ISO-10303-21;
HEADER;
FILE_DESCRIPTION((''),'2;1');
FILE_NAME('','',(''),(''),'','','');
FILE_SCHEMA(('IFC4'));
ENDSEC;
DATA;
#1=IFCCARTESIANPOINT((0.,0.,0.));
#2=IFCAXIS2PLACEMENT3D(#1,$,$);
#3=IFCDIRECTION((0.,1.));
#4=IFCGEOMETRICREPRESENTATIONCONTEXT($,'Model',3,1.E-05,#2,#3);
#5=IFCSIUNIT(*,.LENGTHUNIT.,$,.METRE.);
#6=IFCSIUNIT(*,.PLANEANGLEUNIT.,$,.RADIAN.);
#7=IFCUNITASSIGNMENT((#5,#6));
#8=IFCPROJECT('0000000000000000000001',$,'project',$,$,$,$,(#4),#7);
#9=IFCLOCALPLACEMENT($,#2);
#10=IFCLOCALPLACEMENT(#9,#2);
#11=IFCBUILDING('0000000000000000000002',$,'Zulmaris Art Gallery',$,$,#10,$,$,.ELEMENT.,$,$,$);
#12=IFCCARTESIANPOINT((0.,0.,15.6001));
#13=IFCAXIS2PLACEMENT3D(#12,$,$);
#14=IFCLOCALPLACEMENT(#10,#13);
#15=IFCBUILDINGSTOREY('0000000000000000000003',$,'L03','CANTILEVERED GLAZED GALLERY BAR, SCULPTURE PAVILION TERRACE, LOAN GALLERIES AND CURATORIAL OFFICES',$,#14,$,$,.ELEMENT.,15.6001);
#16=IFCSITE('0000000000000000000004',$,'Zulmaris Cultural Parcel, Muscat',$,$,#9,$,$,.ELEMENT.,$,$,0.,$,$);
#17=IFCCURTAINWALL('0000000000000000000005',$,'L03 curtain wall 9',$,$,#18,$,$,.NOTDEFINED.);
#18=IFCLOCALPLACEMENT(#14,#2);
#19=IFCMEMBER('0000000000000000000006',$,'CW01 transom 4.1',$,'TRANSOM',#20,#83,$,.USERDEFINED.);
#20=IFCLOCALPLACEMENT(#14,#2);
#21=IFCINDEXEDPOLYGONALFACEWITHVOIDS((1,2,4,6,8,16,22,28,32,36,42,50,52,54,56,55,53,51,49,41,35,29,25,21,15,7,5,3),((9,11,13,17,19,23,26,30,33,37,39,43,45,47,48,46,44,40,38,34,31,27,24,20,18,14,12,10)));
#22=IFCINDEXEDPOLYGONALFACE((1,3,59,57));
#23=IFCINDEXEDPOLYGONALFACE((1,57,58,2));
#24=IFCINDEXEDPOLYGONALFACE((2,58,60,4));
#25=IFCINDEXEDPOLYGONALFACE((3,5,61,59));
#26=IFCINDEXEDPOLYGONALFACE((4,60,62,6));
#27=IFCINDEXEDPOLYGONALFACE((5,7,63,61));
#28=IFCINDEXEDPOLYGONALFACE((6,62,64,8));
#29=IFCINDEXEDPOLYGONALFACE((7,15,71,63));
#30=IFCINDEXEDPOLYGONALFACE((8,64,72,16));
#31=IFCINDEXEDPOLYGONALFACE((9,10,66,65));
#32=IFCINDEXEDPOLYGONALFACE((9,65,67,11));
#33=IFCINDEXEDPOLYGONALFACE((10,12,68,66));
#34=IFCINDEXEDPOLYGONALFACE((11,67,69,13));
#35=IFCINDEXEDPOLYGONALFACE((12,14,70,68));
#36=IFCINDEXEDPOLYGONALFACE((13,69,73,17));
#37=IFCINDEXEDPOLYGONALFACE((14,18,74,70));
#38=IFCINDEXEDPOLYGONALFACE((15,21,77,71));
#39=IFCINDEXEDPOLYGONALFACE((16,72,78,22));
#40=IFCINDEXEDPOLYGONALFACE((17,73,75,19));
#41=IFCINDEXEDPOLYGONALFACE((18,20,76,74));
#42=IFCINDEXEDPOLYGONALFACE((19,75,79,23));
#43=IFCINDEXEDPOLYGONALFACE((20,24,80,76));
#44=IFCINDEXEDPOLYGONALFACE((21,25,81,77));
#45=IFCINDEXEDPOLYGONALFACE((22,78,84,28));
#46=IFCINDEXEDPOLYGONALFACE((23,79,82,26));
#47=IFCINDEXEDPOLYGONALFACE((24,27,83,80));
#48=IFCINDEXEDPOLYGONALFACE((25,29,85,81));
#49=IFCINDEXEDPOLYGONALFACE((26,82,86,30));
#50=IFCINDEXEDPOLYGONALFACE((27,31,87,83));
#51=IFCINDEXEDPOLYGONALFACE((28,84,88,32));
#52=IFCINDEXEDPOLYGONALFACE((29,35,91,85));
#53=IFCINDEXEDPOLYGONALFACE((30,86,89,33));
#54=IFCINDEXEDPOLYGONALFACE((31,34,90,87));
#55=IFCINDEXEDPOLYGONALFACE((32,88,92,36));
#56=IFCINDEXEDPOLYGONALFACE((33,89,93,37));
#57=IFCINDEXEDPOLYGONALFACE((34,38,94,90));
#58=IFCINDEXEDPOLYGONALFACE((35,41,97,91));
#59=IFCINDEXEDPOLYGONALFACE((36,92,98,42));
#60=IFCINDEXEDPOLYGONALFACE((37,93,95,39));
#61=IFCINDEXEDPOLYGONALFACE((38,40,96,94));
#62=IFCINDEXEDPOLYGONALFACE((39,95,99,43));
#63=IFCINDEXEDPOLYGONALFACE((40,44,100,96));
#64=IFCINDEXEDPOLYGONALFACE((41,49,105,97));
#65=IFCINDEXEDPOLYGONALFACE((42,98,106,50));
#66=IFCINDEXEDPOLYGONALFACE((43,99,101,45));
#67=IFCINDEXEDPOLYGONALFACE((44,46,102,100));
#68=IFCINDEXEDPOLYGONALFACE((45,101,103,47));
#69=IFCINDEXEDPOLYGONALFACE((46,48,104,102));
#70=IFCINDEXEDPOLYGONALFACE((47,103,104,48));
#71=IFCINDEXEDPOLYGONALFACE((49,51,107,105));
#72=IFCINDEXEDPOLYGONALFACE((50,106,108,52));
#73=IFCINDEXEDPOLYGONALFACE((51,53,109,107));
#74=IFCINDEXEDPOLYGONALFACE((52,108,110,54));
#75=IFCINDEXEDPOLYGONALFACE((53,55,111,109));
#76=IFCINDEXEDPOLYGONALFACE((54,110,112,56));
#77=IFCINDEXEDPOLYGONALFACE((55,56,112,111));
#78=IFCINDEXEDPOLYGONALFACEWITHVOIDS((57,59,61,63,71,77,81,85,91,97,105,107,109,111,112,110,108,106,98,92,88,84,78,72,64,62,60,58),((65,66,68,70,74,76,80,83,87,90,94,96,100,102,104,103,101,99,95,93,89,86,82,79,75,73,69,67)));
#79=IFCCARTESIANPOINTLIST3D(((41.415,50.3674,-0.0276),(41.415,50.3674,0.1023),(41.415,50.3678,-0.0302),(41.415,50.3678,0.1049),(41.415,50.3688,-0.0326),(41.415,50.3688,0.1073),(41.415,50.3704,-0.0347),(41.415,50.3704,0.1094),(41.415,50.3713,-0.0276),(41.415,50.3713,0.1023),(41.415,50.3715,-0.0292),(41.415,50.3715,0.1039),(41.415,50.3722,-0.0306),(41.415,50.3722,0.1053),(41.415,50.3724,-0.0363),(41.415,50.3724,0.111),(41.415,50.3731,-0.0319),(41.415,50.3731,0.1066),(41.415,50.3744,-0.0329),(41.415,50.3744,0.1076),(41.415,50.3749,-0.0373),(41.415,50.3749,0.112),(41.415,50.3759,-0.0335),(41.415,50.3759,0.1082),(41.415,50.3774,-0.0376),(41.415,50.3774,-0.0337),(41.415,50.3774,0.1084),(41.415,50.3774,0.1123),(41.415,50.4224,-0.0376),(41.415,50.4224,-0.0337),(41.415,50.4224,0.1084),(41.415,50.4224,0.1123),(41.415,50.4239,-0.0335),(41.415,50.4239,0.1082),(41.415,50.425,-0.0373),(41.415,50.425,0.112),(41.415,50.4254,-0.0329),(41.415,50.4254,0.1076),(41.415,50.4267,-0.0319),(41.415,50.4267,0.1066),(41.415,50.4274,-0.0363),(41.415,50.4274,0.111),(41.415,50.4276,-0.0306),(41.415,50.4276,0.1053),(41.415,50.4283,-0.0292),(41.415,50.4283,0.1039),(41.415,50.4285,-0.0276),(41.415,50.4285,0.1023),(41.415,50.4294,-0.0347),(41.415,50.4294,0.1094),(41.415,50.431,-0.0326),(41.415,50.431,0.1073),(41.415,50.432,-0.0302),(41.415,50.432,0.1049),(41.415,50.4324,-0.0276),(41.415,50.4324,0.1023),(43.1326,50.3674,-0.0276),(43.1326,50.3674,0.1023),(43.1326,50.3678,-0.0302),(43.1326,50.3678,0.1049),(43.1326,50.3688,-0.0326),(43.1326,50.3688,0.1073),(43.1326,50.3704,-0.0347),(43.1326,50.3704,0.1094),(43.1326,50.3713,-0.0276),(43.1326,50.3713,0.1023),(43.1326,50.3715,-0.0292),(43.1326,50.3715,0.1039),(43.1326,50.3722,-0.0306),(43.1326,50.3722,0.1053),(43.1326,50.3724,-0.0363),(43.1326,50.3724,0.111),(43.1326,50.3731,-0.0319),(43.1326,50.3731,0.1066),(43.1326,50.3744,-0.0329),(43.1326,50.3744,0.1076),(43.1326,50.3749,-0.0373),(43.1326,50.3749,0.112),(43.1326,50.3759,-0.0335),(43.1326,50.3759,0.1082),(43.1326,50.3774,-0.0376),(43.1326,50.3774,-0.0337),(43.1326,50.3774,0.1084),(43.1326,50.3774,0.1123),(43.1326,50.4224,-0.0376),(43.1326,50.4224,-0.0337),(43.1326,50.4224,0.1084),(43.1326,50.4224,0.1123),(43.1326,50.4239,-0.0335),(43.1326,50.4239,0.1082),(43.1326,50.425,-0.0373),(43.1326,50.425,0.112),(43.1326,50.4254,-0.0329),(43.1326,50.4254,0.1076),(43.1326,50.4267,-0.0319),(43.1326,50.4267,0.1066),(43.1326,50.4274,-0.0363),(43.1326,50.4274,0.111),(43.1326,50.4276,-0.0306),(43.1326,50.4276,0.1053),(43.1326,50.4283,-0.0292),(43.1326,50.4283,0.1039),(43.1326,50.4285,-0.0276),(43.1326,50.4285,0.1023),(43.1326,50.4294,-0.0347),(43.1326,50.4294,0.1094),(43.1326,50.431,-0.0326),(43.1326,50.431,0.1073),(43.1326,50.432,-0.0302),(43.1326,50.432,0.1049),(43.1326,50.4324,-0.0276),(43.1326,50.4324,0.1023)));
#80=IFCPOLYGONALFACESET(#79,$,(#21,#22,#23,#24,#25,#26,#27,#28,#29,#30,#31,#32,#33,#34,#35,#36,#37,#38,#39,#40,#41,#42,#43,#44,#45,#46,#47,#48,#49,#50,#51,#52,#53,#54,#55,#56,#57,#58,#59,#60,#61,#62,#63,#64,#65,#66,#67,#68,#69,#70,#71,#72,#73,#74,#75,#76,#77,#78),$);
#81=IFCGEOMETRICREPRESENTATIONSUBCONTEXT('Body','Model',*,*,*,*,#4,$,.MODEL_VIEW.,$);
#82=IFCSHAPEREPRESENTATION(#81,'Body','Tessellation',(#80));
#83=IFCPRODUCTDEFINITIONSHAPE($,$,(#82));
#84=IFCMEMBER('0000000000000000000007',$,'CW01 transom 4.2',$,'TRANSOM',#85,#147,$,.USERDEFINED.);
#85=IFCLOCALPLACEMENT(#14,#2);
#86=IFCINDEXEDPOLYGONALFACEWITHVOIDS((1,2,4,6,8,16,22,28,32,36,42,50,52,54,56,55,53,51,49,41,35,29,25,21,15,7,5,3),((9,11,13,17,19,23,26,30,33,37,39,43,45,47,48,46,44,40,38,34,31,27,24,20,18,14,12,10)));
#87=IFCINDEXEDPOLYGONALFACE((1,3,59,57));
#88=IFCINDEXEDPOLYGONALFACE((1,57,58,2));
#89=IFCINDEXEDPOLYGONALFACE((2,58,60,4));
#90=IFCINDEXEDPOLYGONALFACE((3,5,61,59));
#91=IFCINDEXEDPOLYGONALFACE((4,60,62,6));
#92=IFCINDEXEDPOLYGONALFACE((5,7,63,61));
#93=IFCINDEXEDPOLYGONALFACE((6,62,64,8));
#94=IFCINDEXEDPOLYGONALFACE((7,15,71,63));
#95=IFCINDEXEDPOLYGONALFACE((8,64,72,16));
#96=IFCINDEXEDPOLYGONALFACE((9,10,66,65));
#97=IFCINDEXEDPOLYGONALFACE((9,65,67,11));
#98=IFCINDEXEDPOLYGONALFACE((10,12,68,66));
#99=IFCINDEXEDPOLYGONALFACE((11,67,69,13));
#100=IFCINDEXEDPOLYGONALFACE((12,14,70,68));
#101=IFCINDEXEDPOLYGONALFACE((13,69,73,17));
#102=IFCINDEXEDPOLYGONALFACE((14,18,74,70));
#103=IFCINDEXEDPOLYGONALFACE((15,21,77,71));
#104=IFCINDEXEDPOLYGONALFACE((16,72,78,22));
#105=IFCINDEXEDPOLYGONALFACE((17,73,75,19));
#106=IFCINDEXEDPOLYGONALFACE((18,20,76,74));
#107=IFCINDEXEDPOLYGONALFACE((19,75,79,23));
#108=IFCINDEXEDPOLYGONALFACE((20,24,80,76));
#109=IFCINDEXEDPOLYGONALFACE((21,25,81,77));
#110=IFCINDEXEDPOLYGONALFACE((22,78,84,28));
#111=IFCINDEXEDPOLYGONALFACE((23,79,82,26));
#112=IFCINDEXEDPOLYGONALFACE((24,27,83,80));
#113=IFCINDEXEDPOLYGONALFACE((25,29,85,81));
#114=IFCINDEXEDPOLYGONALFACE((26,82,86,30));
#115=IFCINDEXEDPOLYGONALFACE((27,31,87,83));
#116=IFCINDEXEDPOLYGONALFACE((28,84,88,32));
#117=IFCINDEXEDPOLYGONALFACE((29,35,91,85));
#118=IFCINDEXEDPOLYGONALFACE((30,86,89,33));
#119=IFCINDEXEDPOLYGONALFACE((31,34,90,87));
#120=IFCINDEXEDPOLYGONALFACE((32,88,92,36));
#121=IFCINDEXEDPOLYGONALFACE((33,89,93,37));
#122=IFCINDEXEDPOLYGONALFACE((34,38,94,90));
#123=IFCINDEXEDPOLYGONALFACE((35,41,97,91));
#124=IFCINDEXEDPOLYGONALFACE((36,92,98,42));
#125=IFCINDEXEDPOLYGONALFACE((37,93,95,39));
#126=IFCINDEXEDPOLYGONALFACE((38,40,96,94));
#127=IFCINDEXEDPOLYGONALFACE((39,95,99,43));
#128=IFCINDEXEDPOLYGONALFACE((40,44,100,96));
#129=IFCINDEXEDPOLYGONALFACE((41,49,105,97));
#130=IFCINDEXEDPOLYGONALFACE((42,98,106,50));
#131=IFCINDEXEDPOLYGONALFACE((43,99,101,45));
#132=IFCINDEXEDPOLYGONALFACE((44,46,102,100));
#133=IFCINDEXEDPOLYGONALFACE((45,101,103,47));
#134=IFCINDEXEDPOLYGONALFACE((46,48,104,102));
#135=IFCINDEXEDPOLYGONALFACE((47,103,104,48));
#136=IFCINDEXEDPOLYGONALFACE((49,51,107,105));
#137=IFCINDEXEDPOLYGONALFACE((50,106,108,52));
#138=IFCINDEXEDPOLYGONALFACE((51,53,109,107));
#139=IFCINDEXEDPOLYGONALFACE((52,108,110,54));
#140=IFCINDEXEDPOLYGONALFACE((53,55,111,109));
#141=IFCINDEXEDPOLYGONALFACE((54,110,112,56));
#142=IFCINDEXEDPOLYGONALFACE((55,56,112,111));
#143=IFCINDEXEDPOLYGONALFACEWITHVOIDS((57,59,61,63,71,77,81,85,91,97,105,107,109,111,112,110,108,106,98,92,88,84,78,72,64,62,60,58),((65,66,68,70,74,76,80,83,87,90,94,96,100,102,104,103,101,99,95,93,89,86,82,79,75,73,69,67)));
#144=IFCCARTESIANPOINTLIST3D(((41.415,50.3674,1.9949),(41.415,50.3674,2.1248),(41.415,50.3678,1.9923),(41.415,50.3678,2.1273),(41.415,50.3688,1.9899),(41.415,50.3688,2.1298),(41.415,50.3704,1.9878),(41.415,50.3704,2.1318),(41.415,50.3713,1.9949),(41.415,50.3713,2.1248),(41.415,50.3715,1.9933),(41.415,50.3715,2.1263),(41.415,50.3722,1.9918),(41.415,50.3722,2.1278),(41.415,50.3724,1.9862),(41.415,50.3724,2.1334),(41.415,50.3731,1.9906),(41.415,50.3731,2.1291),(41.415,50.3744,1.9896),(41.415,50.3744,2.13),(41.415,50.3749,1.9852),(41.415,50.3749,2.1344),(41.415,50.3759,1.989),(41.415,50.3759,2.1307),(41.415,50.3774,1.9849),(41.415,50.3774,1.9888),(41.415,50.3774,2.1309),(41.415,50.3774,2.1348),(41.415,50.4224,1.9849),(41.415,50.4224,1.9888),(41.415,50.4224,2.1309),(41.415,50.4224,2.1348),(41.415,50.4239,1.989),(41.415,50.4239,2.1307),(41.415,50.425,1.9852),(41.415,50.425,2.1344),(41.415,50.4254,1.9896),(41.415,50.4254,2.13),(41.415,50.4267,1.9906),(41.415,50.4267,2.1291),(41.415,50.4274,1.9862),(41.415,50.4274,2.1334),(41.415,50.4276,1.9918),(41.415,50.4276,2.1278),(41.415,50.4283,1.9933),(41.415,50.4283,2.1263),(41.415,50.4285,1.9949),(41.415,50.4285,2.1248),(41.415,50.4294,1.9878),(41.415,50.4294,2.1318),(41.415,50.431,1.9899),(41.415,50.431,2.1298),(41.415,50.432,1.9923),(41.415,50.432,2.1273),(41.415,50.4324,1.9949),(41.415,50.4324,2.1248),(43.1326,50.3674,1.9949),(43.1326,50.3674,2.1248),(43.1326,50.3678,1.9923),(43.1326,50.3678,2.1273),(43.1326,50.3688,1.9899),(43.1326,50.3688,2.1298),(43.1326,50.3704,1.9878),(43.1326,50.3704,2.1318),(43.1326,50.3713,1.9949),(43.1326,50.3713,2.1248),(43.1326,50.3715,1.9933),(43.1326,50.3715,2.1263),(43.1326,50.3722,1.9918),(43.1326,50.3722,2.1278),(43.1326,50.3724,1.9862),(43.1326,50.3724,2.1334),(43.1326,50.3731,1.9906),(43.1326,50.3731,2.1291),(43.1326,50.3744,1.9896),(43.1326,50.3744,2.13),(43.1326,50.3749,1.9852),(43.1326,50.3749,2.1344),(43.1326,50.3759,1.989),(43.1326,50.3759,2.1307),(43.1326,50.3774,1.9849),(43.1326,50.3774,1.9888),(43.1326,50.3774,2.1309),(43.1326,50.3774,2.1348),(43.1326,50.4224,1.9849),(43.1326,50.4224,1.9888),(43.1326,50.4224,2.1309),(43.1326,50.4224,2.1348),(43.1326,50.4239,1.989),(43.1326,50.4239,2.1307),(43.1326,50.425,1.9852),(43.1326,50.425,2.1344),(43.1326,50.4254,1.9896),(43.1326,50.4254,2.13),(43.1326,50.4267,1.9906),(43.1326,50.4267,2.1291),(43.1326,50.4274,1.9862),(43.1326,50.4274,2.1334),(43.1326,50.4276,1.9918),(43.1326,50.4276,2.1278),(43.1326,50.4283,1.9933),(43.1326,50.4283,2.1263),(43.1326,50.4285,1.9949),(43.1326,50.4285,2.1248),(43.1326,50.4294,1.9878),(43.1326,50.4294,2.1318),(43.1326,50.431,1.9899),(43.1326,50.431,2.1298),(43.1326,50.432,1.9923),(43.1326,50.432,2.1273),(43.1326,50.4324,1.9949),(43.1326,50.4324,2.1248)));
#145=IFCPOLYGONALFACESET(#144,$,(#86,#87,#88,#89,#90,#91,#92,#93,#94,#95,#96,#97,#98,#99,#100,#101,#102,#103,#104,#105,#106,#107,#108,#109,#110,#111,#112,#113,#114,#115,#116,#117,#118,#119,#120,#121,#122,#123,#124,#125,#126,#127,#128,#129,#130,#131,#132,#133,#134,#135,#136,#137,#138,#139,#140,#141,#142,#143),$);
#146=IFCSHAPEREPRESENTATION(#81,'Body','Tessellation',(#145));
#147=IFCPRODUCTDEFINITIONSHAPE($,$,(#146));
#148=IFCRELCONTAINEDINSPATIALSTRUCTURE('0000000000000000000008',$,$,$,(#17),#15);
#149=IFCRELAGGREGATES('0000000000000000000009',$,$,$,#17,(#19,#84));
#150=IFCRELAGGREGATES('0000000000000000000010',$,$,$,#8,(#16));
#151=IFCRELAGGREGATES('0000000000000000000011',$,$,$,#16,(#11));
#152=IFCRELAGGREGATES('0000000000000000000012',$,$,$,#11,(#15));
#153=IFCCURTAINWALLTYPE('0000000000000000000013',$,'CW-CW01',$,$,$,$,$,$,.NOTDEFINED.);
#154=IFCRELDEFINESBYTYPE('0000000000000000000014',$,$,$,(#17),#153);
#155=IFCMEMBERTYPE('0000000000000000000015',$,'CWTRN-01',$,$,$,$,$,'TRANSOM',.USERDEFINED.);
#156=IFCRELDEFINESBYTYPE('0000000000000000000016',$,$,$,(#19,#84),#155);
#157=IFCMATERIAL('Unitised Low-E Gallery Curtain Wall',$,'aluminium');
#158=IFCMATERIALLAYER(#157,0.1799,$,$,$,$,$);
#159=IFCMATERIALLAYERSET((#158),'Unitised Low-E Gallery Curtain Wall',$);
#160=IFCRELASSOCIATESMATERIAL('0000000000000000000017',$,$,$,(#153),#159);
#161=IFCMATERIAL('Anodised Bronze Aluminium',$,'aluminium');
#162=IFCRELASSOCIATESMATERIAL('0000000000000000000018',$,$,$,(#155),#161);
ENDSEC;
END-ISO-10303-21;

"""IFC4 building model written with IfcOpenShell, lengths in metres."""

from ifc_helpers import new_model, si_unit, direction, frame, origin, origin_2d, place, context, subcontext, project, spatial, hollow_rectangle, extrude, material, layer, layer_set, material_profile, profile_set, type_object, element, aggregate, save


model = new_model("IFC4")

# Units and contexts
model_context = context("Model", 3, precision=1e-05, world=origin(), true_north=direction((0.0, 1.0)))
body_context = subcontext(model_context, "Body", "Model", "MODEL_VIEW")
ifc_project = project(units=[si_unit("LENGTHUNIT", "METRE"), si_unit("PLANEANGLEUNIT", "RADIAN")], contexts=[model_context])

# Site, building, storey
site_placement = place(None, origin())
site = spatial("IfcSite", under=ifc_project, at=site_placement, Name="Zulmaris Cultural Parcel, Muscat", CompositionType="ELEMENT", RefElevation=0.0)
building_placement = place(site_placement, origin())
building = spatial("IfcBuilding", under=site, at=building_placement, Name="Zulmaris Art Gallery", CompositionType="ELEMENT")
storey_placement = place(building_placement, frame((0.0, 0.0, 15.6001)))
storey = spatial("IfcBuildingStorey", under=building, at=storey_placement, Name="L03", Description="CANTILEVERED GLAZED GALLERY BAR, SCULPTURE PAVILION TERRACE, LOAN GALLERIES AND CURATORIAL OFFICES", CompositionType="ELEMENT", Elevation=15.6001)

# Shared definitions
ifc_material_1 = material(Name="Unitised Low-E Gallery Curtain Wall", Category="aluminium")
ifc_layer_1 = layer(ifc_material_1, 0.1799)
ifc_layer_set_1 = layer_set([ifc_layer_1], Name="Unitised Low-E Gallery Curtain Wall")
curtain_wall_type = type_object("IfcCurtainWallType", Name="CW-CW01", PredefinedType="NOTDEFINED", material=ifc_layer_set_1)
ifc_material_2 = material(Name="Anodised Bronze Aluminium", Category="aluminium")

# Curtain wall, members
curtain_wall_1_placement = place(storey_placement, origin())
curtain_wall_1 = element("IfcCurtainWall", 1, at=curtain_wall_1_placement, inside=storey, type_object=curtain_wall_type, Name="L03 curtain wall 9", PredefinedType="NOTDEFINED")
ifc_material_profile_1 = material_profile(ifc_material_2, hollow_rectangle(XDim=0.0649, YDim=0.1499, WallThickness=0.0039, InnerFilletRadius=0.0061, OuterFilletRadius=0.01, at=origin_2d()), Name="ALU 65x150x4")
ifc_profile_set_1 = profile_set([ifc_material_profile_1], Name="Anodised Bronze Aluminium")
member_type_1 = type_object("IfcMemberType", Name="CWTRN-01", ElementType="TRANSOM", PredefinedType="USERDEFINED", material=ifc_profile_set_1)
member_1_placement = place(storey_placement, frame((43.1326, 50.3999, 0.0374), z_axis=(-1.0, 0.0, 0.0), x_axis=(0.0, -1.0, 0.0)))
member_1 = element("IfcMember", 2, at=member_1_placement, type_object=member_type_1, Name="CW01 transom 4.1", ObjectType="TRANSOM", PredefinedType="USERDEFINED", context=body_context, shape_type="SweptSolid", body=[
    extrude(hollow_rectangle(XDim=0.0649, YDim=0.1499, WallThickness=0.0039, InnerFilletRadius=0.0061, OuterFilletRadius=0.01, at=origin_2d()), origin(), (0.0, 0.0, 1.0), 1.7175),
])
member_2_placement = place(storey_placement, frame((43.1326, 50.3999, 2.0598), z_axis=(-1.0, 0.0, 0.0), x_axis=(0.0, -1.0, 0.0)))
member_2 = element("IfcMember", 3, at=member_2_placement, type_object=member_type_1, Name="CW01 transom 4.2", ObjectType="TRANSOM", PredefinedType="USERDEFINED", context=body_context, shape_type="SweptSolid", body=[
    extrude(hollow_rectangle(XDim=0.0649, YDim=0.1499, WallThickness=0.0039, InnerFilletRadius=0.0061, OuterFilletRadius=0.01, at=origin_2d()), origin(), (0.0, 0.0, 1.0), 1.7175),
])

aggregate(curtain_wall_1, [member_1, member_2])

save(model, "model.ifc")
